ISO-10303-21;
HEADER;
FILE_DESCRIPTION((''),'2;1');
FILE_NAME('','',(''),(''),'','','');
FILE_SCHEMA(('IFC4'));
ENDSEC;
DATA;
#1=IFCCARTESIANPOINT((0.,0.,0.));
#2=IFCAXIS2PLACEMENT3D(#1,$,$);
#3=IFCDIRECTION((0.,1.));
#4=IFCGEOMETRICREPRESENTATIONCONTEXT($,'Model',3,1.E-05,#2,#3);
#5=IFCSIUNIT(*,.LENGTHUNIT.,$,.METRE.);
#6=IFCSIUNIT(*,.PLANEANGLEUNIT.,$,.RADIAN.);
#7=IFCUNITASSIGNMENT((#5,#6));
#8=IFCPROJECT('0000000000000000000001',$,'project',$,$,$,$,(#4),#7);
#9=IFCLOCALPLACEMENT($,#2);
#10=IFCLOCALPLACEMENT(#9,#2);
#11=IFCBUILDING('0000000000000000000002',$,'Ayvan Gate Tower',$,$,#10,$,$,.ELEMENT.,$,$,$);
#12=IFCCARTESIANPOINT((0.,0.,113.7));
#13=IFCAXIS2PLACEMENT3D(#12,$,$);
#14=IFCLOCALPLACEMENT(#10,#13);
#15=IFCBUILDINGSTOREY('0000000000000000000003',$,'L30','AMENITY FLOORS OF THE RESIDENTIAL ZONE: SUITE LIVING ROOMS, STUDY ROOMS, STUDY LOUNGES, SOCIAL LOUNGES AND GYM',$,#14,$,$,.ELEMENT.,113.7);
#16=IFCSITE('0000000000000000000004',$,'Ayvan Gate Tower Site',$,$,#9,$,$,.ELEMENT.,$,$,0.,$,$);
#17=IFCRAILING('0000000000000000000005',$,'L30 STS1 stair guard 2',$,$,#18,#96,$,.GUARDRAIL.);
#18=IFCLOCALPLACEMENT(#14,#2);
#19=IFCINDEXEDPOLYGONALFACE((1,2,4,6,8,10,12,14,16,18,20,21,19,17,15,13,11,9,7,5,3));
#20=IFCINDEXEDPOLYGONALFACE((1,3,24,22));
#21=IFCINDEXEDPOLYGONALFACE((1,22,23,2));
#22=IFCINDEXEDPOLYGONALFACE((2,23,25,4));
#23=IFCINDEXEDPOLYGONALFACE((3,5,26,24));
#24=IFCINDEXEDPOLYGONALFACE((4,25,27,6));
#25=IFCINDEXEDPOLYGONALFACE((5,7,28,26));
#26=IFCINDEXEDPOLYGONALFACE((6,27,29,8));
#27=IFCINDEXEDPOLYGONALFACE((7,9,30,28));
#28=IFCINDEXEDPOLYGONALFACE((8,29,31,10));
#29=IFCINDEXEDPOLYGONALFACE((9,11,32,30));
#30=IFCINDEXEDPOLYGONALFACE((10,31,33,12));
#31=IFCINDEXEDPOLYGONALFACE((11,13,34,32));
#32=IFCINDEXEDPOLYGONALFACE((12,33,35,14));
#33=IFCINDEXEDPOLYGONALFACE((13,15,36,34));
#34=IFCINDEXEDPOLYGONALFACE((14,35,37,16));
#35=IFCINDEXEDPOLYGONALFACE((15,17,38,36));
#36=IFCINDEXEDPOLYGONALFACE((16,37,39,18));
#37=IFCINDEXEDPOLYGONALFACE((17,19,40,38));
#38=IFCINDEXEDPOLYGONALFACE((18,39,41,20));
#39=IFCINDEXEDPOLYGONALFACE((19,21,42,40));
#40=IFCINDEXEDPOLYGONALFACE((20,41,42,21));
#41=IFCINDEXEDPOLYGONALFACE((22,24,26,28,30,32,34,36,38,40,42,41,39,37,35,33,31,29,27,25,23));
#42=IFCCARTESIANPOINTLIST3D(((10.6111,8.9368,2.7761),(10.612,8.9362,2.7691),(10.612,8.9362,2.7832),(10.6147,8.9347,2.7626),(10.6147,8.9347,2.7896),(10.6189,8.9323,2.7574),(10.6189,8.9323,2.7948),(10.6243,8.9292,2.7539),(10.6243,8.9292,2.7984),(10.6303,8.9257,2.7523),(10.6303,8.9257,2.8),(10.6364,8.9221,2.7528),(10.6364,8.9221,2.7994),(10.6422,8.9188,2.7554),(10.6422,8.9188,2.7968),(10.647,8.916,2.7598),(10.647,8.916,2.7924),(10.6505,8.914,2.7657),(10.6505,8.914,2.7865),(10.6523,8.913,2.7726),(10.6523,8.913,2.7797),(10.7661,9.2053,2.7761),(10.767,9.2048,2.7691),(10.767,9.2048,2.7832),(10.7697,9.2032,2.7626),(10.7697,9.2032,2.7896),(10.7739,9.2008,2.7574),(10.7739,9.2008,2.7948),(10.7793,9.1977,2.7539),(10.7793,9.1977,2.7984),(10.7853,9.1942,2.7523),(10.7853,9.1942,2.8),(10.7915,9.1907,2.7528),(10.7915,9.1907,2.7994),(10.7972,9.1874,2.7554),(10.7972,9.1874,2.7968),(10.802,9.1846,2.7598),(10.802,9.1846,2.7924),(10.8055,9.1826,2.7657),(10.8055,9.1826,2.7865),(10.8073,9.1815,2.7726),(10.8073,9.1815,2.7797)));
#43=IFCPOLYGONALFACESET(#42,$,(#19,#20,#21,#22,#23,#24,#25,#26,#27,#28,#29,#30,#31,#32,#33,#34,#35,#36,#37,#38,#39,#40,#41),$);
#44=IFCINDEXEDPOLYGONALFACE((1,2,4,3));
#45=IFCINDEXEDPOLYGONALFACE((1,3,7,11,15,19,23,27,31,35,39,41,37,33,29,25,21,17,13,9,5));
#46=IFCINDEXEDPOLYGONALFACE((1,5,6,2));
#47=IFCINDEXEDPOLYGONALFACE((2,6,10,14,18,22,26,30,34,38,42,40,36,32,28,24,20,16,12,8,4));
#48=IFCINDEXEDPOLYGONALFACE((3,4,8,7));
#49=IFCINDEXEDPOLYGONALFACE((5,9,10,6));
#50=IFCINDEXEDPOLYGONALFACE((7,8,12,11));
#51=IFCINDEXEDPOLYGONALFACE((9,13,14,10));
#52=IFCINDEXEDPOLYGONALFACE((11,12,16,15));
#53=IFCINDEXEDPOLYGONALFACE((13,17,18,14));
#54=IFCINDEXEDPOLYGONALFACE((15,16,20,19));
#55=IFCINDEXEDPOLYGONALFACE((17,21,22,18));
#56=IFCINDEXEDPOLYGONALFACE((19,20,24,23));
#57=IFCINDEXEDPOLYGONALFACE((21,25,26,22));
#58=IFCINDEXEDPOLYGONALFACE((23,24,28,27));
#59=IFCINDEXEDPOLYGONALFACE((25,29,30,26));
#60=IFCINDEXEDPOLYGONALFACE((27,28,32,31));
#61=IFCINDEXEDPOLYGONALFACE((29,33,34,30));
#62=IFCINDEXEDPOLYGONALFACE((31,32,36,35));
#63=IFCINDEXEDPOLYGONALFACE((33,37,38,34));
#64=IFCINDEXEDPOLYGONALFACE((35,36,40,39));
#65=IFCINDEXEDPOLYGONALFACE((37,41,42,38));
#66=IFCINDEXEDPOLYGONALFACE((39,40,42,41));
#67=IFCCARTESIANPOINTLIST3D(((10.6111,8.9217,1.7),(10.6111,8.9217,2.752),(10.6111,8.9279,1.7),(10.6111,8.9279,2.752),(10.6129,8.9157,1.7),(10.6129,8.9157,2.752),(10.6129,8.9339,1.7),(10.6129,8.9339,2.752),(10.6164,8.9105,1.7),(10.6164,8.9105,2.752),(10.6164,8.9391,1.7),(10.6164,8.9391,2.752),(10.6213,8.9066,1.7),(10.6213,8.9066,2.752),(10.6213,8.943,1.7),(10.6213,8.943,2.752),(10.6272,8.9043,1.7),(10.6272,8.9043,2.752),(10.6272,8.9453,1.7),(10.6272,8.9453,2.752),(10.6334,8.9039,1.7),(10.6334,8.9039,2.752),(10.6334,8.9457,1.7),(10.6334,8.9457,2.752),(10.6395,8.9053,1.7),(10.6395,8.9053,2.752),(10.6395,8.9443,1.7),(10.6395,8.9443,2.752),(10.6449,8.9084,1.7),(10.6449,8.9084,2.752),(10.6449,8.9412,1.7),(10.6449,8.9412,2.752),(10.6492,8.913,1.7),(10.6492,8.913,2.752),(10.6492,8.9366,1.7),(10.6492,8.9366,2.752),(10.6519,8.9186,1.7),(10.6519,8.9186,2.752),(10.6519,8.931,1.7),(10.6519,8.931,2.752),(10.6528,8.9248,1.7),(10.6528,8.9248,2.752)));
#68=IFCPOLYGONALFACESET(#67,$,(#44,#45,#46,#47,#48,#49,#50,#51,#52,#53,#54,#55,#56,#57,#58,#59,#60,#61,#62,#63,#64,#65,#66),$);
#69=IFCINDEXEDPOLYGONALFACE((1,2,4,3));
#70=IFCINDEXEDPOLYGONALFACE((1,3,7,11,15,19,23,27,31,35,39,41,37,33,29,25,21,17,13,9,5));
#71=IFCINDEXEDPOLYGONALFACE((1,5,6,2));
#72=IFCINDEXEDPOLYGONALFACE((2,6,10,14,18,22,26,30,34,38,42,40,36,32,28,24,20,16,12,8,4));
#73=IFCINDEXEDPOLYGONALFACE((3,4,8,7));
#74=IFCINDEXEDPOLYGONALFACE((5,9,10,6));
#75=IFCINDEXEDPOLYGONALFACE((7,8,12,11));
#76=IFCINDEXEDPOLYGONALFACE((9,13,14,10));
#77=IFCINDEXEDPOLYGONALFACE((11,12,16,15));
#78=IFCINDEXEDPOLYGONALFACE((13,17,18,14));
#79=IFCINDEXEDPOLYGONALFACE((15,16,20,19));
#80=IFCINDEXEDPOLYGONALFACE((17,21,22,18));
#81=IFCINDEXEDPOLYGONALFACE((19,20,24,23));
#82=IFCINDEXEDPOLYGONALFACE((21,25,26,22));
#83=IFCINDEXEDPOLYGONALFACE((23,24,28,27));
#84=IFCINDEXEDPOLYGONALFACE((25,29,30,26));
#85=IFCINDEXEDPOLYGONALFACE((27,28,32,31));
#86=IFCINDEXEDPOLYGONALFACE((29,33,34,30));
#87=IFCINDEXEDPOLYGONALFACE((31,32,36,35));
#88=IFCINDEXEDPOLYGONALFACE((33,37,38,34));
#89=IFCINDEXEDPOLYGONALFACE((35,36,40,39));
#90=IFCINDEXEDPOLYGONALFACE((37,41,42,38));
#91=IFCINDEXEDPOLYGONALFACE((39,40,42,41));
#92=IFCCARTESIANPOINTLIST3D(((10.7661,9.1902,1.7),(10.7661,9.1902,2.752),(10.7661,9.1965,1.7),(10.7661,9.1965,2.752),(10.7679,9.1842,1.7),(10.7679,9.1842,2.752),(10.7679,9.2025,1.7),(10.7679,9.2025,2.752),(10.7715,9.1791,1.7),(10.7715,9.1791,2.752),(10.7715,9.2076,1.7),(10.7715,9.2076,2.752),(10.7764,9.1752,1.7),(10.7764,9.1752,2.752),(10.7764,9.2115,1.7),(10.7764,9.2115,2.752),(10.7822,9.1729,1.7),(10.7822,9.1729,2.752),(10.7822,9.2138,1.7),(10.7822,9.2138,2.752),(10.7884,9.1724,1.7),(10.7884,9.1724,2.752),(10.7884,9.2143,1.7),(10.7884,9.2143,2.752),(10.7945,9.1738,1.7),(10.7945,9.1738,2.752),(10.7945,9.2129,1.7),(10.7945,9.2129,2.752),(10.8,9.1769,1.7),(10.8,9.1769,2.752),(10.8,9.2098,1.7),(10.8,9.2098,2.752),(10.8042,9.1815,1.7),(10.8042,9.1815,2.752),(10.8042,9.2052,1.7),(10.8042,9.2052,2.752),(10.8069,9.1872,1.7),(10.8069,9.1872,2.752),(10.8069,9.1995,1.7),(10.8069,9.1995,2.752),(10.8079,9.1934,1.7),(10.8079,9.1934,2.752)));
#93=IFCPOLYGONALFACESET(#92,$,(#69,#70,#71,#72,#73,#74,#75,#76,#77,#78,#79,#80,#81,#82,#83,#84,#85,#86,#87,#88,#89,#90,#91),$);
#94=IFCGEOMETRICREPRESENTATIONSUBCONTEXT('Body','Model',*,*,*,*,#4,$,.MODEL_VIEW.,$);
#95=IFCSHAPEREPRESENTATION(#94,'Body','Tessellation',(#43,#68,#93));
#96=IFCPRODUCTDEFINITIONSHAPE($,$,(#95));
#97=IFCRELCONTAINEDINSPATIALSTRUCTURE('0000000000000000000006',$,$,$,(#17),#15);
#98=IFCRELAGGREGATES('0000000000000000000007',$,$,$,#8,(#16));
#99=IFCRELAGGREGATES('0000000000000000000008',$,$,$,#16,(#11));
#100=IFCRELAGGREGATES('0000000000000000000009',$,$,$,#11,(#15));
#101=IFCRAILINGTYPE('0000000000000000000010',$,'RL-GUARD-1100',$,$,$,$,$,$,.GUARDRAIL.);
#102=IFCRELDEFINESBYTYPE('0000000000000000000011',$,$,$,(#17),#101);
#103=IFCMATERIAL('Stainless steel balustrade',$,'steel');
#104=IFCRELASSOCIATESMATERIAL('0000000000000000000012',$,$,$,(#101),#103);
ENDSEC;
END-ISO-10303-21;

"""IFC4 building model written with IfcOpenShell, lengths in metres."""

from ifc_helpers import new_model, si_unit, direction, frame, origin, origin_2d, place, context, subcontext, project, spatial, circle, extrude, material, type_object, element, save


model = new_model("IFC4")

# Units and contexts
model_context = context("Model", 3, precision=1e-05, world=origin(), true_north=direction((0.0, 1.0)))
body_context = subcontext(model_context, "Body", "Model", "MODEL_VIEW")
ifc_project = project(units=[si_unit("LENGTHUNIT", "METRE"), si_unit("PLANEANGLEUNIT", "RADIAN")], contexts=[model_context])

# Site, building, storey
site_placement = place(None, origin())
site = spatial("IfcSite", under=ifc_project, at=site_placement, Name="Ayvan Gate Tower Site", CompositionType="ELEMENT", RefElevation=0.0)
building_placement = place(site_placement, origin())
building = spatial("IfcBuilding", under=site, at=building_placement, Name="Ayvan Gate Tower", CompositionType="ELEMENT")
storey_placement = place(building_placement, frame((0.0, 0.0, 113.7)))
storey = spatial("IfcBuildingStorey", under=building, at=storey_placement, Name="L30", Description="AMENITY FLOORS OF THE RESIDENTIAL ZONE: SUITE LIVING ROOMS, STUDY ROOMS, STUDY LOUNGES, SOCIAL LOUNGES AND GYM", CompositionType="ELEMENT", Elevation=113.7)

# Railing
ifc_material_1 = material(Name="Stainless steel balustrade", Category="steel")
railing_type_1 = type_object("IfcRailingType", Name="RL-GUARD-1100", PredefinedType="GUARDRAIL", material=ifc_material_1)
railing_1_placement = place(storey_placement, frame((10.6318, 8.9248, 1.7)))
element("IfcRailing", 1, at=railing_1_placement, inside=storey, type_object=railing_type_1, Name="L30 STS1 stair guard 2", PredefinedType="GUARDRAIL", context=body_context, shape_type="SweptSolid", body=[
    extrude(circle(Radius=0.0239, at=origin_2d()), frame((0.0, 0.0, 1.0762), z_axis=(0.49995, 0.866054, 0.0), x_axis=(-0.866054, 0.49995, 0.0)), (0.0, 0.0, 1.0), 0.3101),
    extrude(circle(Radius=0.021, at=origin_2d()), origin(), (0.0, 0.0, 1.0), 1.052),
    extrude(circle(Radius=0.021, at=origin_2d()), frame((0.155, 0.2686, 0.0)), (0.0, 0.0, 1.0), 1.052),
])

save(model, "model.ifc")
